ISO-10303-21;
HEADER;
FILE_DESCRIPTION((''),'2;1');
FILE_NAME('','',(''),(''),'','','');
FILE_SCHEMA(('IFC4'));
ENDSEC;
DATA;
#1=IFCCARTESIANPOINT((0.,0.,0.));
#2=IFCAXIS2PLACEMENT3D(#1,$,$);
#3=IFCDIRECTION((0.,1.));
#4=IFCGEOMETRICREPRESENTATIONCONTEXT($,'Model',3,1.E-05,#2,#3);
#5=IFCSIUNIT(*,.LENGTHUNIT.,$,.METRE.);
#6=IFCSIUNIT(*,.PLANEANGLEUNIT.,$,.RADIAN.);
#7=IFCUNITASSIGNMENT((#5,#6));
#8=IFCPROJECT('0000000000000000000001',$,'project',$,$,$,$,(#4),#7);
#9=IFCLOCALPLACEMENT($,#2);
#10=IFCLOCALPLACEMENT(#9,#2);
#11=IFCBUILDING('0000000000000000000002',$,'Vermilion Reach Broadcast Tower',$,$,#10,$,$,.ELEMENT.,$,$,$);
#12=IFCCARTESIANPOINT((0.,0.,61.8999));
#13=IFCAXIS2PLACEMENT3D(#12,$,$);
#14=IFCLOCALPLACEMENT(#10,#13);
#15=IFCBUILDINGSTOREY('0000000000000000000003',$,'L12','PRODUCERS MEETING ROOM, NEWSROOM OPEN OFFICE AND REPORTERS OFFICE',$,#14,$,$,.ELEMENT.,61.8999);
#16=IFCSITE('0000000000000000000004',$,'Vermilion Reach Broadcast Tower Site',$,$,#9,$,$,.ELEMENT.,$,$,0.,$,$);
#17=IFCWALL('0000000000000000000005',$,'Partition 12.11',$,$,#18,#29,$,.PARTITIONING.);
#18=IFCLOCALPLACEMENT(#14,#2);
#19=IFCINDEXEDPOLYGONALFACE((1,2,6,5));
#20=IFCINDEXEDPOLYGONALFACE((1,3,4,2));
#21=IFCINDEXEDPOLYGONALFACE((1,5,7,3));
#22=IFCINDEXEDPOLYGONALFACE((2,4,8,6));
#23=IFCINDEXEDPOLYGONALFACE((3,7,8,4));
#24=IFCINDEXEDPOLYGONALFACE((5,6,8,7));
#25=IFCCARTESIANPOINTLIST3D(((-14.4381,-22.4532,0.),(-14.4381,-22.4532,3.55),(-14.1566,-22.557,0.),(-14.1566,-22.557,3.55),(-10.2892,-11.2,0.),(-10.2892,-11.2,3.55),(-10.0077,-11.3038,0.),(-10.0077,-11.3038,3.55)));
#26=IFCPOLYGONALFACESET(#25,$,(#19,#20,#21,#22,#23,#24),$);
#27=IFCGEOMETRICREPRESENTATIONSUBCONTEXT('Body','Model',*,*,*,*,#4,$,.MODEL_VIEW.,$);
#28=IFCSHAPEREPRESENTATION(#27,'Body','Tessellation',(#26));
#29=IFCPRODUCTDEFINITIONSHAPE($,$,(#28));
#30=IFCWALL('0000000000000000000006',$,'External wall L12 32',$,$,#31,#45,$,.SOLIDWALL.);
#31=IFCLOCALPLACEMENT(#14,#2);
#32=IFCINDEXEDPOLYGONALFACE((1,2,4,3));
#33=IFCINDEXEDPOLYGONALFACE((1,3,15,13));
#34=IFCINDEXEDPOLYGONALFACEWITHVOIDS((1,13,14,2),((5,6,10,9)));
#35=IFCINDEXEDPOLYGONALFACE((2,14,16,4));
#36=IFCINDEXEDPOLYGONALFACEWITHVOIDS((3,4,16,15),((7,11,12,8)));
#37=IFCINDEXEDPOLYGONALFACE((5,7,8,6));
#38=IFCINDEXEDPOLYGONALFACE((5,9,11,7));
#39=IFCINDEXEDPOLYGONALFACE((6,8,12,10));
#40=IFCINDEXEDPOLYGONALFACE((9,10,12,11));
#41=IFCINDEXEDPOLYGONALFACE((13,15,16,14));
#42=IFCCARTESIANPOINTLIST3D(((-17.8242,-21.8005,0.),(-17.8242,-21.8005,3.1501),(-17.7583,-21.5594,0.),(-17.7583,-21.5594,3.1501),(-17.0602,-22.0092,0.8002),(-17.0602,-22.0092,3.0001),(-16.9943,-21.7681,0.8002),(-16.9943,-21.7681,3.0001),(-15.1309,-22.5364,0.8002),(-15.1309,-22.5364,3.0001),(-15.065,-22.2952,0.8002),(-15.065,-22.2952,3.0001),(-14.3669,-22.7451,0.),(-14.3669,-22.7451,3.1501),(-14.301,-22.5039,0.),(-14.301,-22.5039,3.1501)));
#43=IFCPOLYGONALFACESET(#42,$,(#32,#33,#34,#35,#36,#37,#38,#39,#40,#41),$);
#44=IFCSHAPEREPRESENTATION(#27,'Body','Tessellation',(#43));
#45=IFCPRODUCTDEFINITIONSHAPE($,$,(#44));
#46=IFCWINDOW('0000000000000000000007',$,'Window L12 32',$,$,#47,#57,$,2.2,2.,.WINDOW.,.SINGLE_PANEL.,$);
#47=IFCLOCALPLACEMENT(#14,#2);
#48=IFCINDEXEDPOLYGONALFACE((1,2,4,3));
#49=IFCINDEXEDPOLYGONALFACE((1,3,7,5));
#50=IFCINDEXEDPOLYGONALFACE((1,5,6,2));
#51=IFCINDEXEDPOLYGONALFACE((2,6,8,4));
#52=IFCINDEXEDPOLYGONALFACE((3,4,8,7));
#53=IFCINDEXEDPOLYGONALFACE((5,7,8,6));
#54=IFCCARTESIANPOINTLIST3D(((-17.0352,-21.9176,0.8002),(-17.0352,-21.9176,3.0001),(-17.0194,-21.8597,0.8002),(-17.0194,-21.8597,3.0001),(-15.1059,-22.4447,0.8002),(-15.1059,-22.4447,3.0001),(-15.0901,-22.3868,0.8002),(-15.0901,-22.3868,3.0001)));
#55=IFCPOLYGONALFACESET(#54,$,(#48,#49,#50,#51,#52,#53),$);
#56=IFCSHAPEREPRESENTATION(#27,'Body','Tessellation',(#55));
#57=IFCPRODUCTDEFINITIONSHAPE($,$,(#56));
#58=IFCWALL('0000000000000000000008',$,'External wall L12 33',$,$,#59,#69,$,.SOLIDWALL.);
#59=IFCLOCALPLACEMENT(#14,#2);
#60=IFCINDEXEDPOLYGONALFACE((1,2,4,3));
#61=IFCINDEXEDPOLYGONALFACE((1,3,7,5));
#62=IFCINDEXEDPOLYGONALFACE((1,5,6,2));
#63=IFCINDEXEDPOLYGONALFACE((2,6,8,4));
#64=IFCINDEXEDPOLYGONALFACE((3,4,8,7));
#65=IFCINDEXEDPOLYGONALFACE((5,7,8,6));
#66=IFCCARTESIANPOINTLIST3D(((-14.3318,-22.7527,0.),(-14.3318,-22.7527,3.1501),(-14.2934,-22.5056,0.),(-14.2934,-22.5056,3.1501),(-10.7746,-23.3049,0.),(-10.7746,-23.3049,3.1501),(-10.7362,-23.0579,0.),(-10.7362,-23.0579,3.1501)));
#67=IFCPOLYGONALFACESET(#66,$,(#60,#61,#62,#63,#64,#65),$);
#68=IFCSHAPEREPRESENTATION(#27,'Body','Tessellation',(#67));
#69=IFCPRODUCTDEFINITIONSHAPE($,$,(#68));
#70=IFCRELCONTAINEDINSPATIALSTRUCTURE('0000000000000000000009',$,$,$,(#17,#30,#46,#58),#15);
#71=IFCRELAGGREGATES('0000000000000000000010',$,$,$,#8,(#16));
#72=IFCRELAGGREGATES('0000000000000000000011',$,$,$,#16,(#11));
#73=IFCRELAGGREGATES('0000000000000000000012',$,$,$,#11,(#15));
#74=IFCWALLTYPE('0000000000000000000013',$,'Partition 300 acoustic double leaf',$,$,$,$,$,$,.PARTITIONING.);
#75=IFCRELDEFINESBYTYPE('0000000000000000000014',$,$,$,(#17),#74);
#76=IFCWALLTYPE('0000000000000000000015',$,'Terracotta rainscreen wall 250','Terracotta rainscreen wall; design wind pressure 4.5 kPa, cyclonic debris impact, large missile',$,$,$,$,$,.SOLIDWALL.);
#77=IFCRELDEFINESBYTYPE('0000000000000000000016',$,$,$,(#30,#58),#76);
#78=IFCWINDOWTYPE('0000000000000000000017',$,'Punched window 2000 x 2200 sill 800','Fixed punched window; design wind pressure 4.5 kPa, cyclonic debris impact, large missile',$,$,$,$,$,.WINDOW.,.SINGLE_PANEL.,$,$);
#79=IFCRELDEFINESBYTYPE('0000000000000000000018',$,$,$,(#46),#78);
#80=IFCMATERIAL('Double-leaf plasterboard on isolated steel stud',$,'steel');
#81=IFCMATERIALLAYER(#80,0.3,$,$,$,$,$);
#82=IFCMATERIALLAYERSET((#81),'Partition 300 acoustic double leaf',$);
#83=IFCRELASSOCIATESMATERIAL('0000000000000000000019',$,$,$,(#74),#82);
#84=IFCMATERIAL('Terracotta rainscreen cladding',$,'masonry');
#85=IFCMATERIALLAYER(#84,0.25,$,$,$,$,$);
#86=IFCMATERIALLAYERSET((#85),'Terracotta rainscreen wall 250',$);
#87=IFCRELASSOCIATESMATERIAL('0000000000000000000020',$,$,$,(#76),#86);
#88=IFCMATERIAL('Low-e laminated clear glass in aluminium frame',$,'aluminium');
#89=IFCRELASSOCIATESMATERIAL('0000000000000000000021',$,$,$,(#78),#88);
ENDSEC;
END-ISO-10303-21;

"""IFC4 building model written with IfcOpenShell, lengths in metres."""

from ifc_helpers import new_model, si_unit, direction, frame, frame_2d, origin, place, context, subcontext, project, spatial, rectangle, extrude, material, layer, layer_set, type_object, element, fill, save


model = new_model("IFC4")

# Units and contexts
model_context = context("Model", 3, precision=1e-05, world=origin(), true_north=direction((0.0, 1.0)))
body_context = subcontext(model_context, "Body", "Model", "MODEL_VIEW")
ifc_project = project(units=[si_unit("LENGTHUNIT", "METRE"), si_unit("PLANEANGLEUNIT", "RADIAN")], contexts=[model_context])

# Site, building, storey
site_placement = place(None, origin())
site = spatial("IfcSite", under=ifc_project, at=site_placement, Name="Vermilion Reach Broadcast Tower Site", CompositionType="ELEMENT", RefElevation=0.0)
building_placement = place(site_placement, origin())
building = spatial("IfcBuilding", under=site, at=building_placement, Name="Vermilion Reach Broadcast Tower", CompositionType="ELEMENT")
storey_placement = place(building_placement, frame((0.0, 0.0, 61.8999)))
storey = spatial("IfcBuildingStorey", under=building, at=storey_placement, Name="L12", Description="PRODUCERS MEETING ROOM, NEWSROOM OPEN OFFICE AND REPORTERS OFFICE", CompositionType="ELEMENT", Elevation=61.8999)

# Wall
ifc_material_1 = material(Name="Double-leaf plasterboard on isolated steel stud", Category="steel")
ifc_layer_1 = layer(ifc_material_1, 0.3)
ifc_layer_set_1 = layer_set([ifc_layer_1], Name="Partition 300 acoustic double leaf")
wall_type_1 = type_object("IfcWallType", Name="Partition 300 acoustic double leaf", PredefinedType="PARTITIONING", material=ifc_layer_set_1)
wall_1_placement = place(storey_placement, frame((-14.2974, -22.5051, 0.0), z_axis=(0.0, 0.0, 1.0), x_axis=(0.345927, 0.938261, 0.0)))
element("IfcWall", 1, at=wall_1_placement, inside=storey, type_object=wall_type_1, Name="Partition 12.11", PredefinedType="PARTITIONING", context=body_context, shape_type="SweptSolid", body=[
    extrude(rectangle(XDim=11.9937, YDim=0.3, at=frame_2d((5.9968, 0.0))), origin(), (0.0, 0.0, 1.0), 3.55),
])

# Wall, opening, window
ifc_material_2 = material(Name="Terracotta rainscreen cladding", Category="masonry")
ifc_layer_2 = layer(ifc_material_2, 0.25)
ifc_layer_set_2 = layer_set([ifc_layer_2], Name="Terracotta rainscreen wall 250")
wall_type_2 = type_object("IfcWallType", Name="Terracotta rainscreen wall 250", Description="Terracotta rainscreen wall; design wind pressure 4.5 kPa, cyclonic debris impact, large missile", PredefinedType="SOLIDWALL", material=ifc_layer_set_2)
wall_2_placement = place(storey_placement, frame((-17.7913, -21.6799, 0.0), z_axis=(0.0, 0.0, 1.0), x_axis=(0.964644, -0.263555, 0.0)))
wall_2 = element("IfcWall", 2, at=wall_2_placement, inside=storey, type_object=wall_type_2, Name="External wall L12 32", PredefinedType="SOLIDWALL", context=body_context, shape_type="SweptSolid", body=[
    extrude(rectangle(XDim=3.584, YDim=0.25, at=frame_2d((1.792, 0.0))), origin(), (0.0, 0.0, 1.0), 3.1501),
])
opening_placement = place(wall_2_placement, frame((0.792, 0.0, 0.8)))
opening = element("IfcOpeningElement", 3, at=opening_placement, cuts=wall_2, PredefinedType="OPENING", context=body_context, shape_type="SweptSolid", body=[
    extrude(rectangle(XDim=2.0, YDim=2.2, at=frame_2d((1.0, 1.1001))), frame((0.0, 0.135, 0.0), z_axis=(0.0, -1.0, 0.0), x_axis=(1.0, 0.0, 0.0)), (0.0, 0.0, 1.0), 0.27),
])
ifc_material_3 = material(Name="Low-e laminated clear glass in aluminium frame", Category="aluminium")
window_type = type_object("IfcWindowType", Name="Punched window 2000 x 2200 sill 800", Description="Fixed punched window; design wind pressure 4.5 kPa, cyclonic debris impact, large missile", PartitioningType="SINGLE_PANEL", PredefinedType="WINDOW", material=ifc_material_3)
window_placement = place(opening_placement, origin())
window = element("IfcWindow", 4, at=window_placement, inside=storey, type_object=window_type, Name="Window L12 32", OverallHeight=2.2, OverallWidth=2.0, PartitioningType="SINGLE_PANEL", PredefinedType="WINDOW", context=body_context, shape_type="SweptSolid", body=[
    extrude(rectangle(XDim=2.0, YDim=2.2, at=frame_2d((1.0, 1.1001))), frame((0.0, 0.03, 0.0), z_axis=(0.0, -1.0, 0.0), x_axis=(1.0, 0.0, 0.0)), (0.0, 0.0, 1.0), 0.0601),
])
fill(opening, window)

# Wall
wall_3_placement = place(storey_placement, frame((-14.3125, -22.6292, 0.0), z_axis=(0.0, 0.0, 1.0), x_axis=(0.988162, -0.153413, 0.0)))
element("IfcWall", 5, at=wall_3_placement, inside=storey, type_object=wall_type_2, Name="External wall L12 33", PredefinedType="SOLIDWALL", context=body_context, shape_type="SweptSolid", body=[
    extrude(rectangle(XDim=3.5999, YDim=0.25, at=frame_2d((1.7998, 0.0))), origin(), (0.0, 0.0, 1.0), 3.1501),
])

save(model, "model.ifc")
